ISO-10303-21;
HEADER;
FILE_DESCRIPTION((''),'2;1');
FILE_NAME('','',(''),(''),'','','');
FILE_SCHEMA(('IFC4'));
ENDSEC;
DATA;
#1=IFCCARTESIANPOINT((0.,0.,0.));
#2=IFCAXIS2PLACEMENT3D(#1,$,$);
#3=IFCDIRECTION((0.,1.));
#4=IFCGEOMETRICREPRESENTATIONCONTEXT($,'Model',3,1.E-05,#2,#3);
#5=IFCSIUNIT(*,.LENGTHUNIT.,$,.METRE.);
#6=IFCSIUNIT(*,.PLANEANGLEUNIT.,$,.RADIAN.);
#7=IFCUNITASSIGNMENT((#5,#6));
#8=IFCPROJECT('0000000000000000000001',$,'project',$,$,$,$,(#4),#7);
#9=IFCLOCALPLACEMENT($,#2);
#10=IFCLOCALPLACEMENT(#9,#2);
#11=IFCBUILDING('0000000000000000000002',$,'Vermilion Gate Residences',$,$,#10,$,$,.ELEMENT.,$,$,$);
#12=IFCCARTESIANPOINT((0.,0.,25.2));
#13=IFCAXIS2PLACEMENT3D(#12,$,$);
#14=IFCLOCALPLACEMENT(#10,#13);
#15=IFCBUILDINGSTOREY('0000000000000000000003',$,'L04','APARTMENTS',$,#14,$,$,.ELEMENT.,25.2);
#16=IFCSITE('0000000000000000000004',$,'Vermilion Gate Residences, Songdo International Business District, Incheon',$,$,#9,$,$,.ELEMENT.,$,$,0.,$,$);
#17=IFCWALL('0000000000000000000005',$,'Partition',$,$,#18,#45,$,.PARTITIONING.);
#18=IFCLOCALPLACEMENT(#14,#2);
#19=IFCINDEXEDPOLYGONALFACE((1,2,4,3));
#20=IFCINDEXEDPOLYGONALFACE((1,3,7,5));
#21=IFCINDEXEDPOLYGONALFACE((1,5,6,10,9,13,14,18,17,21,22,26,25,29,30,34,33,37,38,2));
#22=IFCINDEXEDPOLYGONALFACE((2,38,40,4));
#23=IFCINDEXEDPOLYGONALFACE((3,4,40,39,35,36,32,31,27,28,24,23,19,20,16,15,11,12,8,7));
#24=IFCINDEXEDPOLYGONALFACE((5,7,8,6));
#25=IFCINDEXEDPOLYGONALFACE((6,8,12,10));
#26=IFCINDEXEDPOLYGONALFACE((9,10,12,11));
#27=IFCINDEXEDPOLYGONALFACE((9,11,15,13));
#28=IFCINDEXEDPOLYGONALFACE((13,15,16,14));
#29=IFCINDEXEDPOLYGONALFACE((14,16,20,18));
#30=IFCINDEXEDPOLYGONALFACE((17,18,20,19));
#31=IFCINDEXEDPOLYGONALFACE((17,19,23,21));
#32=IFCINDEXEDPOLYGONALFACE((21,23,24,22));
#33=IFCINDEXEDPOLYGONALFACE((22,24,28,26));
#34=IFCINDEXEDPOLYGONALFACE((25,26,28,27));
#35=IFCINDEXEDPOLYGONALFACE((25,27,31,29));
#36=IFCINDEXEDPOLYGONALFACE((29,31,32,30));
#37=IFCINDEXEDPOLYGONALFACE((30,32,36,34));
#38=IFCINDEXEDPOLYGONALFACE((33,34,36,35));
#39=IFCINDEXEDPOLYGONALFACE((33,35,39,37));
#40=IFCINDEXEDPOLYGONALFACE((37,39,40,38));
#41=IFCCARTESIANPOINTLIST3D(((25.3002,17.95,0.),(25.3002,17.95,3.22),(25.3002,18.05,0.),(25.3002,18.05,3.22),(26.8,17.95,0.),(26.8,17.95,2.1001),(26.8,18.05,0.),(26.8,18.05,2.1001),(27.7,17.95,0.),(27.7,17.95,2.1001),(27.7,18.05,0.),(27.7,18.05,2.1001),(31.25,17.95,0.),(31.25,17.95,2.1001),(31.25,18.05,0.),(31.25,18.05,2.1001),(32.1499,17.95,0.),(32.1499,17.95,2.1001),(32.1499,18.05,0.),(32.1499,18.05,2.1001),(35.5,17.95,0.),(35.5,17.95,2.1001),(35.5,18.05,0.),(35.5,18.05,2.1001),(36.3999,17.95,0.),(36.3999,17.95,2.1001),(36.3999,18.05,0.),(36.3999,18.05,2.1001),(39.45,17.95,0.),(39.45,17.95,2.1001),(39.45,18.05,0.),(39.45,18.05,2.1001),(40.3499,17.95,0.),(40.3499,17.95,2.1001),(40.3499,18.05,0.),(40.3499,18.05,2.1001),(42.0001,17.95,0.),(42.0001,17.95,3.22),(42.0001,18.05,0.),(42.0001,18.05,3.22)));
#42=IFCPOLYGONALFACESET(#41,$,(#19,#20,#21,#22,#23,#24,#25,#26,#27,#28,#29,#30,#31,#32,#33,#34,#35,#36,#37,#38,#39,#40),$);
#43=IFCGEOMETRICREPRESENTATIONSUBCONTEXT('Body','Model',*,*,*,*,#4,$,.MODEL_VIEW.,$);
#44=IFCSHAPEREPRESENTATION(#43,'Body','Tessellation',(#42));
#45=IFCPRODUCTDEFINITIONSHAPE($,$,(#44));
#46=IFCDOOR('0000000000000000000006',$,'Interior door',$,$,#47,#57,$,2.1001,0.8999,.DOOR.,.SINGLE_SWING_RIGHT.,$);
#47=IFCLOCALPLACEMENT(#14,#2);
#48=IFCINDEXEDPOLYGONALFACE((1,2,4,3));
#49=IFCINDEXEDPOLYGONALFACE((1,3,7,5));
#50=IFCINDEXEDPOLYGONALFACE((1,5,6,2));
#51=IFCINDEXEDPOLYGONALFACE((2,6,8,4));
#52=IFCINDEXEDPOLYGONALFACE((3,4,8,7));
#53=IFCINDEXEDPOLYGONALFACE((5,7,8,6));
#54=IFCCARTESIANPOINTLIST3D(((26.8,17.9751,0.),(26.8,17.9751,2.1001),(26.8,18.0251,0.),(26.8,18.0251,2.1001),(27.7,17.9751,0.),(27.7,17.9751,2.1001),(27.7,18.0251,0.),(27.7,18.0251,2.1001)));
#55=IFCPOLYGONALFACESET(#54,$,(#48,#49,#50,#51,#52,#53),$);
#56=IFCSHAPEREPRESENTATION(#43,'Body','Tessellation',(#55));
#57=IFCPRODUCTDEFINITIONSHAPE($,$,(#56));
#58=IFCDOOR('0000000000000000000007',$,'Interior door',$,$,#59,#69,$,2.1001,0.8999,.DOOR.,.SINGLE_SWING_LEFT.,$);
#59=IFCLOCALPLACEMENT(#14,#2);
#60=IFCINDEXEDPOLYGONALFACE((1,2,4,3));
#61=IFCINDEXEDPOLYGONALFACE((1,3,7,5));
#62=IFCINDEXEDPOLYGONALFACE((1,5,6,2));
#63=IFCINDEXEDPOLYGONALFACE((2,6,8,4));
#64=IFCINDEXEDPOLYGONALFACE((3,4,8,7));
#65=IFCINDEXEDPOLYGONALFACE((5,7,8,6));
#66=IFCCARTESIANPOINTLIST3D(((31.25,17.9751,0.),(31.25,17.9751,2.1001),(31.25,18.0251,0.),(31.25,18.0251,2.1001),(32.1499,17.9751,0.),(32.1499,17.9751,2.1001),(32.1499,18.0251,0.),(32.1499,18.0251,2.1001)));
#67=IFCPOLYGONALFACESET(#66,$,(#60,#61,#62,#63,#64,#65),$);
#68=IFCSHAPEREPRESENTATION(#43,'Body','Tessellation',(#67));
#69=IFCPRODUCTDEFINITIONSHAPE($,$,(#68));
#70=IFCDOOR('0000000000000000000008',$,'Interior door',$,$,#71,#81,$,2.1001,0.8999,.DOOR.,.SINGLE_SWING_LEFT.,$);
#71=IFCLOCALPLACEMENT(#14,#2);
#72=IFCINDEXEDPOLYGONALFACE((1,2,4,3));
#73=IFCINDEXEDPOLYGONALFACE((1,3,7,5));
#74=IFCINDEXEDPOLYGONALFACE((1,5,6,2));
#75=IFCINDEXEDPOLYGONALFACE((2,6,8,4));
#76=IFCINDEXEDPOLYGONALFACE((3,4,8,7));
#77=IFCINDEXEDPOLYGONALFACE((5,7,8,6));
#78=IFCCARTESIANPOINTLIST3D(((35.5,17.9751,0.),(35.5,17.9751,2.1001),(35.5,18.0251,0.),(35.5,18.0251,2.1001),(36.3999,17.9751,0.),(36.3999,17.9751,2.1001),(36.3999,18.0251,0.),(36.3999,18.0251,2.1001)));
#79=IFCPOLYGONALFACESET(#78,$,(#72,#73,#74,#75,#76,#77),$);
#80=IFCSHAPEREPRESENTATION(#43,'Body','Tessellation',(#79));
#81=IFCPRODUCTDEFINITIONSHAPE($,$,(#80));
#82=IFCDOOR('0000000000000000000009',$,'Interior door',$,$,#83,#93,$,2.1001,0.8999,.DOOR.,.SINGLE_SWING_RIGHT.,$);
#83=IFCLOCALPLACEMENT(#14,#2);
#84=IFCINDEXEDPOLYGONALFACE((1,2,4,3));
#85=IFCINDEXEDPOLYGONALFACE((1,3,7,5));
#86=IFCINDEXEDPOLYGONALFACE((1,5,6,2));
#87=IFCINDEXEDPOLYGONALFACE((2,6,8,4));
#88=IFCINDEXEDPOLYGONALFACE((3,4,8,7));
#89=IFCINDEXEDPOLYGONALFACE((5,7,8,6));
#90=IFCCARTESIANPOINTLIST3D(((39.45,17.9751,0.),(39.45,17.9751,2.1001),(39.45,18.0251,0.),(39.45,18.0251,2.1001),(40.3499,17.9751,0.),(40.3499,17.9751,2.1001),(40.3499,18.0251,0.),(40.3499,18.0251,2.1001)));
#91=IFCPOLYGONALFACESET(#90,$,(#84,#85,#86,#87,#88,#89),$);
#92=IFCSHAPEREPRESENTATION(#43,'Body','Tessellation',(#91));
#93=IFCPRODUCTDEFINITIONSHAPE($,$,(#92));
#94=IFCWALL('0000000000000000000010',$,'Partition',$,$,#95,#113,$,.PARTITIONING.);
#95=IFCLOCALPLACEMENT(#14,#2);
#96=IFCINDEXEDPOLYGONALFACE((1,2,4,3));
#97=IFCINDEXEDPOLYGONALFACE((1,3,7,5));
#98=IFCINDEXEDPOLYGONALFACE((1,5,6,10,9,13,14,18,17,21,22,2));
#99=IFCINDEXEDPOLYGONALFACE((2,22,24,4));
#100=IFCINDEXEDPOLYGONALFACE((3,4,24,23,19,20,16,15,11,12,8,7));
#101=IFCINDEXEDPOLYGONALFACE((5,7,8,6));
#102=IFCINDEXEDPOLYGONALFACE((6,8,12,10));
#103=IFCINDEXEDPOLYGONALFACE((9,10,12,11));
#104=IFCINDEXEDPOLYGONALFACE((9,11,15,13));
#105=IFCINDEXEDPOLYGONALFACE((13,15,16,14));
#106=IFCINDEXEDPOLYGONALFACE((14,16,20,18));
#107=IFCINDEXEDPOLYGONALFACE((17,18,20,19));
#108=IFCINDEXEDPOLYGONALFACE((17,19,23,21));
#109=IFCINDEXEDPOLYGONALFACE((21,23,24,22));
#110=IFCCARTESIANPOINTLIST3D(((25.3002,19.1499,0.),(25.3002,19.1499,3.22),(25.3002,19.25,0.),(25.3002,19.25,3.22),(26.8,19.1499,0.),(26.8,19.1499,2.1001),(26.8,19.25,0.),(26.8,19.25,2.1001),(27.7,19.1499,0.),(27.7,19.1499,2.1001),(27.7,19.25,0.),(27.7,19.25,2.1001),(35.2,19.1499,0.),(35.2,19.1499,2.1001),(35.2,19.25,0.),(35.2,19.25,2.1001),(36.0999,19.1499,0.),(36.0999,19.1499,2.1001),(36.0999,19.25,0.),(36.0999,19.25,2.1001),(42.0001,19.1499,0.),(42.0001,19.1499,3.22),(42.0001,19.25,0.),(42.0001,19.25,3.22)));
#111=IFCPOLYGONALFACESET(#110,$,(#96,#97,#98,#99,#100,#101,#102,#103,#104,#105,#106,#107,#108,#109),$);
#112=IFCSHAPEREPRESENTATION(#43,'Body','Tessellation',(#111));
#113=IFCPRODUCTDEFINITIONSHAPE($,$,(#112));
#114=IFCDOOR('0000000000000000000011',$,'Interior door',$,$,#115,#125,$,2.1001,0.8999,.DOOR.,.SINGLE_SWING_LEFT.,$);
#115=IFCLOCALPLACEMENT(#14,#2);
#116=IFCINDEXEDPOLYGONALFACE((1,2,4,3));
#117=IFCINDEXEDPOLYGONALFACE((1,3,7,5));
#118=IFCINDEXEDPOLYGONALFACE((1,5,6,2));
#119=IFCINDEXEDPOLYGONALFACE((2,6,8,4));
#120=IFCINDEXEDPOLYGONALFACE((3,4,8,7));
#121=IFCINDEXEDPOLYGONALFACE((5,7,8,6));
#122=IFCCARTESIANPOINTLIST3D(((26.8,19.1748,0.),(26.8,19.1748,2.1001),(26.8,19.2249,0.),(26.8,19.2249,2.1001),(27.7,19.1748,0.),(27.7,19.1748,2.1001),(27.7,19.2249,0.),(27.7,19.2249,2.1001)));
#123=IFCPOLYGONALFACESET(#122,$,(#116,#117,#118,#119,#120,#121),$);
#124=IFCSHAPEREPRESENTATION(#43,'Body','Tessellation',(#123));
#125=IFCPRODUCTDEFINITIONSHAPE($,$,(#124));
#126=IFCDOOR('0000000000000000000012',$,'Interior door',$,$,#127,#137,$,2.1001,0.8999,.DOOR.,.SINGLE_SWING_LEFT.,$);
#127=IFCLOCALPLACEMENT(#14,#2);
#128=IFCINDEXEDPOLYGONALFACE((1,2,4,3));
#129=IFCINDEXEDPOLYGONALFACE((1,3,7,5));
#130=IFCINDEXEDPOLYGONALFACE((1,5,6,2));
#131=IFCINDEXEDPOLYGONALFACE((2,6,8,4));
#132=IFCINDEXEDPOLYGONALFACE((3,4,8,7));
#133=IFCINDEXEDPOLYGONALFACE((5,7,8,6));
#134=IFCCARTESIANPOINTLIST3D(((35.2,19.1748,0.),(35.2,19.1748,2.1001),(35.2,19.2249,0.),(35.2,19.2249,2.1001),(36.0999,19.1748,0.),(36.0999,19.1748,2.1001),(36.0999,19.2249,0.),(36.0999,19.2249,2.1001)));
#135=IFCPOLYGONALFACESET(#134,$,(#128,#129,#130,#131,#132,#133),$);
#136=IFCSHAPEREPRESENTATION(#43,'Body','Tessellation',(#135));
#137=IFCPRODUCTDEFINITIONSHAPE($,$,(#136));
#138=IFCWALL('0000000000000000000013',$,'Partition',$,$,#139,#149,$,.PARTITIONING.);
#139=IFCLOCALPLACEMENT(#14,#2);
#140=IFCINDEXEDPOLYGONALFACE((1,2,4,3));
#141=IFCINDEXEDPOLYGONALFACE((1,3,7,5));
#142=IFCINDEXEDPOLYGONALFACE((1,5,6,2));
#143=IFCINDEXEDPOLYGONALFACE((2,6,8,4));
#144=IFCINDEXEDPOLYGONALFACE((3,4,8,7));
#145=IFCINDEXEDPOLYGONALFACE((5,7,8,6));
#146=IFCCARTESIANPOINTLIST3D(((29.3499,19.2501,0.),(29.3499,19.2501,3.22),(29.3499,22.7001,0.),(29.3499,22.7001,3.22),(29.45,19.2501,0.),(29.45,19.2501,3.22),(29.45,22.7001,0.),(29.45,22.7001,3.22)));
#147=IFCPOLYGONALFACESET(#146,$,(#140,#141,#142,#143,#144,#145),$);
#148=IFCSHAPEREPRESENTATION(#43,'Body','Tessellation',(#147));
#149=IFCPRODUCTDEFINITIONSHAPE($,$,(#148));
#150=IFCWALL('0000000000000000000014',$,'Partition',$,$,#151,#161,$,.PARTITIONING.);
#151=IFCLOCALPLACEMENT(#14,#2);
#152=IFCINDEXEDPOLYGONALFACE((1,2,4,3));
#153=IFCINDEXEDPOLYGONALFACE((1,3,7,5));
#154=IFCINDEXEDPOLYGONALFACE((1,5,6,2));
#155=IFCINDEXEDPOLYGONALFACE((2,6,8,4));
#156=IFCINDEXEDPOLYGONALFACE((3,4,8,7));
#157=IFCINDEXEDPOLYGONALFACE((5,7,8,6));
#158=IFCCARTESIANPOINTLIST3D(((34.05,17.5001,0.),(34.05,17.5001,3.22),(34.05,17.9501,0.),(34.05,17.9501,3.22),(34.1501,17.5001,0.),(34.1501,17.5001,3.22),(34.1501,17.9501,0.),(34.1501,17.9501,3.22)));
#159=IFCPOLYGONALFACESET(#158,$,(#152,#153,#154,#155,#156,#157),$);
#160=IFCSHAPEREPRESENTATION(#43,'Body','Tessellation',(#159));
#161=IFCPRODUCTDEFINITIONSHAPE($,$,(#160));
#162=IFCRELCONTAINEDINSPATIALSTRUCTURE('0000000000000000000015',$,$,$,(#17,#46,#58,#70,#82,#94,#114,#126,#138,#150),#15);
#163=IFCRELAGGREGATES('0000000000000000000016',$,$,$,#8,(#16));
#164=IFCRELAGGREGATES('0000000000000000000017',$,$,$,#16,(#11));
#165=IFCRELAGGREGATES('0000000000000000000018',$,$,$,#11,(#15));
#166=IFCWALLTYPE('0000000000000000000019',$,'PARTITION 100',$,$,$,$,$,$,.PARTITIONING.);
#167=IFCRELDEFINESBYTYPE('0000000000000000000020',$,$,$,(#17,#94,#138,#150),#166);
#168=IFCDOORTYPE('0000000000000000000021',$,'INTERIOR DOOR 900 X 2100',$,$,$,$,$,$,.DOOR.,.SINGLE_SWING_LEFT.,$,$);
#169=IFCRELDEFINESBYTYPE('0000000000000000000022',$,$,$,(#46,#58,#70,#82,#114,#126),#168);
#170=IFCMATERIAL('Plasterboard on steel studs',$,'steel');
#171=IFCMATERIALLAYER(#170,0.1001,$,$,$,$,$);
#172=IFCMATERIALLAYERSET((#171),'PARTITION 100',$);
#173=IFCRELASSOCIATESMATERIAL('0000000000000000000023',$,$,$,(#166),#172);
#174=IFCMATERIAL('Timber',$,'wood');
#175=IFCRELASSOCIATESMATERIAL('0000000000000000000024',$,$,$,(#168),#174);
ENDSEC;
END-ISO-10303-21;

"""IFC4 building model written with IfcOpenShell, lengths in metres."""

from ifc_helpers import new_model, si_unit, direction, frame, frame_2d, origin, place, context, subcontext, project, spatial, rectangle, extrude, material, layer, layer_set, type_object, element, fill, save


model = new_model("IFC4")

# Units and contexts
model_context = context("Model", 3, precision=1e-05, world=origin(), true_north=direction((0.0, 1.0)))
body_context = subcontext(model_context, "Body", "Model", "MODEL_VIEW")
ifc_project = project(units=[si_unit("LENGTHUNIT", "METRE"), si_unit("PLANEANGLEUNIT", "RADIAN")], contexts=[model_context])

# Site, building, storey
site_placement = place(None, origin())
site = spatial("IfcSite", under=ifc_project, at=site_placement, Name="Vermilion Gate Residences, Songdo International Business District, Incheon", CompositionType="ELEMENT", RefElevation=0.0)
building_placement = place(site_placement, origin())
building = spatial("IfcBuilding", under=site, at=building_placement, Name="Vermilion Gate Residences", CompositionType="ELEMENT")
storey_placement = place(building_placement, frame((0.0, 0.0, 25.2)))
storey = spatial("IfcBuildingStorey", under=building, at=storey_placement, Name="L04", Description="APARTMENTS", CompositionType="ELEMENT", Elevation=25.2)

# Walls, openings, doors
ifc_material_1 = material(Name="Plasterboard on steel studs", Category="steel")
ifc_layer_1 = layer(ifc_material_1, 0.1001)
ifc_layer_set_1 = layer_set([ifc_layer_1], Name="PARTITION 100")
wall_type_1 = type_object("IfcWallType", Name="PARTITION 100", PredefinedType="PARTITIONING", material=ifc_layer_set_1)
wall_1_placement = place(storey_placement, frame((25.3, 18.0, 0.0), z_axis=(0.0, 0.0, 1.0), x_axis=(1.0, 0.0, 0.0)))
wall_1 = element("IfcWall", 1, at=wall_1_placement, inside=storey, type_object=wall_type_1, Name="Partition", PredefinedType="PARTITIONING", context=body_context, shape_type="SweptSolid", body=[
    extrude(rectangle(XDim=16.7, YDim=0.1001, at=frame_2d((8.3501, 0.0))), origin(), (0.0, 0.0, 1.0), 3.22),
])
opening_1_placement = place(wall_1_placement, frame((1.5, 0.0, 0.0)))
opening_1 = element("IfcOpeningElement", 2, at=opening_1_placement, cuts=wall_1, PredefinedType="OPENING", context=body_context, shape_type="SweptSolid", body=[
    extrude(rectangle(XDim=0.8999, YDim=2.1001, at=frame_2d((0.45, 1.05))), frame((0.0, 0.0601, 0.0), z_axis=(0.0, -1.0, 0.0), x_axis=(1.0, 0.0, 0.0)), (0.0, 0.0, 1.0), 0.1201),
])
opening_2_placement = place(wall_1_placement, frame((5.95, 0.0, 0.0)))
opening_2 = element("IfcOpeningElement", 3, at=opening_2_placement, cuts=wall_1, PredefinedType="OPENING", context=body_context, shape_type="SweptSolid", body=[
    extrude(rectangle(XDim=0.8999, YDim=2.1001, at=frame_2d((0.45, 1.05))), frame((0.0, 0.0601, 0.0), z_axis=(0.0, -1.0, 0.0), x_axis=(1.0, 0.0, 0.0)), (0.0, 0.0, 1.0), 0.1201),
])
opening_3_placement = place(wall_1_placement, frame((10.2, 0.0, 0.0)))
opening_3 = element("IfcOpeningElement", 4, at=opening_3_placement, cuts=wall_1, PredefinedType="OPENING", context=body_context, shape_type="SweptSolid", body=[
    extrude(rectangle(XDim=0.8999, YDim=2.1001, at=frame_2d((0.45, 1.05))), frame((0.0, 0.0601, 0.0), z_axis=(0.0, -1.0, 0.0), x_axis=(1.0, 0.0, 0.0)), (0.0, 0.0, 1.0), 0.1201),
])
opening_4_placement = place(wall_1_placement, frame((14.1499, 0.0, 0.0)))
opening_4 = element("IfcOpeningElement", 5, at=opening_4_placement, cuts=wall_1, PredefinedType="OPENING", context=body_context, shape_type="SweptSolid", body=[
    extrude(rectangle(XDim=0.8999, YDim=2.1001, at=frame_2d((0.45, 1.05))), frame((0.0, 0.0601, 0.0), z_axis=(0.0, -1.0, 0.0), x_axis=(1.0, 0.0, 0.0)), (0.0, 0.0, 1.0), 0.1201),
])
ifc_material_2 = material(Name="Timber", Category="wood")
door_type_1 = type_object("IfcDoorType", Name="INTERIOR DOOR 900 X 2100", OperationType="SINGLE_SWING_LEFT", PredefinedType="DOOR", material=ifc_material_2)
door_1_placement = place(opening_1_placement, frame((0.8999, 0.0, 0.0), z_axis=(0.0, 0.0, 1.0), x_axis=(-1.0, 0.0, 0.0)))
door_1 = element("IfcDoor", 6, at=door_1_placement, inside=storey, type_object=door_type_1, Name="Interior door", OperationType="SINGLE_SWING_RIGHT", OverallHeight=2.1001, OverallWidth=0.8999, PredefinedType="DOOR", context=body_context, shape_type="SweptSolid", body=[
    extrude(rectangle(XDim=0.8999, YDim=2.1001, at=frame_2d((0.45, 1.05))), frame((0.0, 0.0249, 0.0), z_axis=(0.0, -1.0, 0.0), x_axis=(1.0, 0.0, 0.0)), (0.0, 0.0, 1.0), 0.05),
])
fill(opening_1, door_1)
door_2_placement = place(opening_2_placement, frame((0.8999, 0.0, 0.0), z_axis=(0.0, 0.0, 1.0), x_axis=(-1.0, 0.0, 0.0)))
door_2 = element("IfcDoor", 7, at=door_2_placement, inside=storey, type_object=door_type_1, Name="Interior door", OperationType="SINGLE_SWING_LEFT", OverallHeight=2.1001, OverallWidth=0.8999, PredefinedType="DOOR", context=body_context, shape_type="SweptSolid", body=[
    extrude(rectangle(XDim=0.8999, YDim=2.1001, at=frame_2d((0.45, 1.05))), frame((0.0, 0.0249, 0.0), z_axis=(0.0, -1.0, 0.0), x_axis=(1.0, 0.0, 0.0)), (0.0, 0.0, 1.0), 0.05),
])
fill(opening_2, door_2)
door_3_placement = place(opening_3_placement, frame((0.8999, 0.0, 0.0), z_axis=(0.0, 0.0, 1.0), x_axis=(-1.0, 0.0, 0.0)))
door_3 = element("IfcDoor", 8, at=door_3_placement, inside=storey, type_object=door_type_1, Name="Interior door", OperationType="SINGLE_SWING_LEFT", OverallHeight=2.1001, OverallWidth=0.8999, PredefinedType="DOOR", context=body_context, shape_type="SweptSolid", body=[
    extrude(rectangle(XDim=0.8999, YDim=2.1001, at=frame_2d((0.45, 1.05))), frame((0.0, 0.0249, 0.0), z_axis=(0.0, -1.0, 0.0), x_axis=(1.0, 0.0, 0.0)), (0.0, 0.0, 1.0), 0.05),
])
fill(opening_3, door_3)
door_4_placement = place(opening_4_placement, frame((0.8999, 0.0, 0.0), z_axis=(0.0, 0.0, 1.0), x_axis=(-1.0, 0.0, 0.0)))
door_4 = element("IfcDoor", 9, at=door_4_placement, inside=storey, type_object=door_type_1, Name="Interior door", OperationType="SINGLE_SWING_RIGHT", OverallHeight=2.1001, OverallWidth=0.8999, PredefinedType="DOOR", context=body_context, shape_type="SweptSolid", body=[
    extrude(rectangle(XDim=0.8999, YDim=2.1001, at=frame_2d((0.45, 1.05))), frame((0.0, 0.0249, 0.0), z_axis=(0.0, -1.0, 0.0), x_axis=(1.0, 0.0, 0.0)), (0.0, 0.0, 1.0), 0.05),
])
fill(opening_4, door_4)
wall_2_placement = place(storey_placement, frame((25.3, 19.2, 0.0), z_axis=(0.0, 0.0, 1.0), x_axis=(1.0, 0.0, 0.0)))
wall_2 = element("IfcWall", 10, at=wall_2_placement, inside=storey, type_object=wall_type_1, Name="Partition", PredefinedType="PARTITIONING", context=body_context, shape_type="SweptSolid", body=[
    extrude(rectangle(XDim=16.7, YDim=0.1001, at=frame_2d((8.3501, 0.0))), origin(), (0.0, 0.0, 1.0), 3.22),
])
opening_5_placement = place(wall_2_placement, frame((1.5, 0.0, 0.0)))
opening_5 = element("IfcOpeningElement", 11, at=opening_5_placement, cuts=wall_2, PredefinedType="OPENING", context=body_context, shape_type="SweptSolid", body=[
    extrude(rectangle(XDim=0.8999, YDim=2.1001, at=frame_2d((0.45, 1.05))), frame((0.0, 0.0601, 0.0), z_axis=(0.0, -1.0, 0.0), x_axis=(1.0, 0.0, 0.0)), (0.0, 0.0, 1.0), 0.1201),
])
opening_6_placement = place(wall_2_placement, frame((9.8999, 0.0, 0.0)))
opening_6 = element("IfcOpeningElement", 12, at=opening_6_placement, cuts=wall_2, PredefinedType="OPENING", context=body_context, shape_type="SweptSolid", body=[
    extrude(rectangle(XDim=0.8999, YDim=2.1001, at=frame_2d((0.45, 1.05))), frame((0.0, 0.0601, 0.0), z_axis=(0.0, -1.0, 0.0), x_axis=(1.0, 0.0, 0.0)), (0.0, 0.0, 1.0), 0.1201),
])
door_5_placement = place(opening_5_placement, origin())
door_5 = element("IfcDoor", 13, at=door_5_placement, inside=storey, type_object=door_type_1, Name="Interior door", OperationType="SINGLE_SWING_LEFT", OverallHeight=2.1001, OverallWidth=0.8999, PredefinedType="DOOR", context=body_context, shape_type="SweptSolid", body=[
    extrude(rectangle(XDim=0.8999, YDim=2.1001, at=frame_2d((0.45, 1.05))), frame((0.0, 0.0249, 0.0), z_axis=(0.0, -1.0, 0.0), x_axis=(1.0, 0.0, 0.0)), (0.0, 0.0, 1.0), 0.05),
])
fill(opening_5, door_5)
door_6_placement = place(opening_6_placement, origin())
door_6 = element("IfcDoor", 14, at=door_6_placement, inside=storey, type_object=door_type_1, Name="Interior door", OperationType="SINGLE_SWING_LEFT", OverallHeight=2.1001, OverallWidth=0.8999, PredefinedType="DOOR", context=body_context, shape_type="SweptSolid", body=[
    extrude(rectangle(XDim=0.8999, YDim=2.1001, at=frame_2d((0.45, 1.05))), frame((0.0, 0.0249, 0.0), z_axis=(0.0, -1.0, 0.0), x_axis=(1.0, 0.0, 0.0)), (0.0, 0.0, 1.0), 0.05),
])
fill(opening_6, door_6)

# Walls
wall_3_placement = place(storey_placement, frame((29.3999, 19.25, 0.0), z_axis=(0.0, 0.0, 1.0), x_axis=(0.0, 1.0, 0.0)))
element("IfcWall", 15, at=wall_3_placement, inside=storey, type_object=wall_type_1, Name="Partition", PredefinedType="PARTITIONING", context=body_context, shape_type="SweptSolid", body=[
    extrude(rectangle(XDim=3.45, YDim=0.1001, at=frame_2d((1.7251, 0.0))), origin(), (0.0, 0.0, 1.0), 3.22),
])
wall_4_placement = place(storey_placement, frame((34.1001, 17.5, 0.0), z_axis=(0.0, 0.0, 1.0), x_axis=(0.0, 1.0, 0.0)))
element("IfcWall", 16, at=wall_4_placement, inside=storey, type_object=wall_type_1, Name="Partition", PredefinedType="PARTITIONING", context=body_context, shape_type="SweptSolid", body=[
    extrude(rectangle(XDim=0.45, YDim=0.1001, at=frame_2d((0.2251, 0.0))), origin(), (0.0, 0.0, 1.0), 3.22),
])

save(model, "model.ifc")
